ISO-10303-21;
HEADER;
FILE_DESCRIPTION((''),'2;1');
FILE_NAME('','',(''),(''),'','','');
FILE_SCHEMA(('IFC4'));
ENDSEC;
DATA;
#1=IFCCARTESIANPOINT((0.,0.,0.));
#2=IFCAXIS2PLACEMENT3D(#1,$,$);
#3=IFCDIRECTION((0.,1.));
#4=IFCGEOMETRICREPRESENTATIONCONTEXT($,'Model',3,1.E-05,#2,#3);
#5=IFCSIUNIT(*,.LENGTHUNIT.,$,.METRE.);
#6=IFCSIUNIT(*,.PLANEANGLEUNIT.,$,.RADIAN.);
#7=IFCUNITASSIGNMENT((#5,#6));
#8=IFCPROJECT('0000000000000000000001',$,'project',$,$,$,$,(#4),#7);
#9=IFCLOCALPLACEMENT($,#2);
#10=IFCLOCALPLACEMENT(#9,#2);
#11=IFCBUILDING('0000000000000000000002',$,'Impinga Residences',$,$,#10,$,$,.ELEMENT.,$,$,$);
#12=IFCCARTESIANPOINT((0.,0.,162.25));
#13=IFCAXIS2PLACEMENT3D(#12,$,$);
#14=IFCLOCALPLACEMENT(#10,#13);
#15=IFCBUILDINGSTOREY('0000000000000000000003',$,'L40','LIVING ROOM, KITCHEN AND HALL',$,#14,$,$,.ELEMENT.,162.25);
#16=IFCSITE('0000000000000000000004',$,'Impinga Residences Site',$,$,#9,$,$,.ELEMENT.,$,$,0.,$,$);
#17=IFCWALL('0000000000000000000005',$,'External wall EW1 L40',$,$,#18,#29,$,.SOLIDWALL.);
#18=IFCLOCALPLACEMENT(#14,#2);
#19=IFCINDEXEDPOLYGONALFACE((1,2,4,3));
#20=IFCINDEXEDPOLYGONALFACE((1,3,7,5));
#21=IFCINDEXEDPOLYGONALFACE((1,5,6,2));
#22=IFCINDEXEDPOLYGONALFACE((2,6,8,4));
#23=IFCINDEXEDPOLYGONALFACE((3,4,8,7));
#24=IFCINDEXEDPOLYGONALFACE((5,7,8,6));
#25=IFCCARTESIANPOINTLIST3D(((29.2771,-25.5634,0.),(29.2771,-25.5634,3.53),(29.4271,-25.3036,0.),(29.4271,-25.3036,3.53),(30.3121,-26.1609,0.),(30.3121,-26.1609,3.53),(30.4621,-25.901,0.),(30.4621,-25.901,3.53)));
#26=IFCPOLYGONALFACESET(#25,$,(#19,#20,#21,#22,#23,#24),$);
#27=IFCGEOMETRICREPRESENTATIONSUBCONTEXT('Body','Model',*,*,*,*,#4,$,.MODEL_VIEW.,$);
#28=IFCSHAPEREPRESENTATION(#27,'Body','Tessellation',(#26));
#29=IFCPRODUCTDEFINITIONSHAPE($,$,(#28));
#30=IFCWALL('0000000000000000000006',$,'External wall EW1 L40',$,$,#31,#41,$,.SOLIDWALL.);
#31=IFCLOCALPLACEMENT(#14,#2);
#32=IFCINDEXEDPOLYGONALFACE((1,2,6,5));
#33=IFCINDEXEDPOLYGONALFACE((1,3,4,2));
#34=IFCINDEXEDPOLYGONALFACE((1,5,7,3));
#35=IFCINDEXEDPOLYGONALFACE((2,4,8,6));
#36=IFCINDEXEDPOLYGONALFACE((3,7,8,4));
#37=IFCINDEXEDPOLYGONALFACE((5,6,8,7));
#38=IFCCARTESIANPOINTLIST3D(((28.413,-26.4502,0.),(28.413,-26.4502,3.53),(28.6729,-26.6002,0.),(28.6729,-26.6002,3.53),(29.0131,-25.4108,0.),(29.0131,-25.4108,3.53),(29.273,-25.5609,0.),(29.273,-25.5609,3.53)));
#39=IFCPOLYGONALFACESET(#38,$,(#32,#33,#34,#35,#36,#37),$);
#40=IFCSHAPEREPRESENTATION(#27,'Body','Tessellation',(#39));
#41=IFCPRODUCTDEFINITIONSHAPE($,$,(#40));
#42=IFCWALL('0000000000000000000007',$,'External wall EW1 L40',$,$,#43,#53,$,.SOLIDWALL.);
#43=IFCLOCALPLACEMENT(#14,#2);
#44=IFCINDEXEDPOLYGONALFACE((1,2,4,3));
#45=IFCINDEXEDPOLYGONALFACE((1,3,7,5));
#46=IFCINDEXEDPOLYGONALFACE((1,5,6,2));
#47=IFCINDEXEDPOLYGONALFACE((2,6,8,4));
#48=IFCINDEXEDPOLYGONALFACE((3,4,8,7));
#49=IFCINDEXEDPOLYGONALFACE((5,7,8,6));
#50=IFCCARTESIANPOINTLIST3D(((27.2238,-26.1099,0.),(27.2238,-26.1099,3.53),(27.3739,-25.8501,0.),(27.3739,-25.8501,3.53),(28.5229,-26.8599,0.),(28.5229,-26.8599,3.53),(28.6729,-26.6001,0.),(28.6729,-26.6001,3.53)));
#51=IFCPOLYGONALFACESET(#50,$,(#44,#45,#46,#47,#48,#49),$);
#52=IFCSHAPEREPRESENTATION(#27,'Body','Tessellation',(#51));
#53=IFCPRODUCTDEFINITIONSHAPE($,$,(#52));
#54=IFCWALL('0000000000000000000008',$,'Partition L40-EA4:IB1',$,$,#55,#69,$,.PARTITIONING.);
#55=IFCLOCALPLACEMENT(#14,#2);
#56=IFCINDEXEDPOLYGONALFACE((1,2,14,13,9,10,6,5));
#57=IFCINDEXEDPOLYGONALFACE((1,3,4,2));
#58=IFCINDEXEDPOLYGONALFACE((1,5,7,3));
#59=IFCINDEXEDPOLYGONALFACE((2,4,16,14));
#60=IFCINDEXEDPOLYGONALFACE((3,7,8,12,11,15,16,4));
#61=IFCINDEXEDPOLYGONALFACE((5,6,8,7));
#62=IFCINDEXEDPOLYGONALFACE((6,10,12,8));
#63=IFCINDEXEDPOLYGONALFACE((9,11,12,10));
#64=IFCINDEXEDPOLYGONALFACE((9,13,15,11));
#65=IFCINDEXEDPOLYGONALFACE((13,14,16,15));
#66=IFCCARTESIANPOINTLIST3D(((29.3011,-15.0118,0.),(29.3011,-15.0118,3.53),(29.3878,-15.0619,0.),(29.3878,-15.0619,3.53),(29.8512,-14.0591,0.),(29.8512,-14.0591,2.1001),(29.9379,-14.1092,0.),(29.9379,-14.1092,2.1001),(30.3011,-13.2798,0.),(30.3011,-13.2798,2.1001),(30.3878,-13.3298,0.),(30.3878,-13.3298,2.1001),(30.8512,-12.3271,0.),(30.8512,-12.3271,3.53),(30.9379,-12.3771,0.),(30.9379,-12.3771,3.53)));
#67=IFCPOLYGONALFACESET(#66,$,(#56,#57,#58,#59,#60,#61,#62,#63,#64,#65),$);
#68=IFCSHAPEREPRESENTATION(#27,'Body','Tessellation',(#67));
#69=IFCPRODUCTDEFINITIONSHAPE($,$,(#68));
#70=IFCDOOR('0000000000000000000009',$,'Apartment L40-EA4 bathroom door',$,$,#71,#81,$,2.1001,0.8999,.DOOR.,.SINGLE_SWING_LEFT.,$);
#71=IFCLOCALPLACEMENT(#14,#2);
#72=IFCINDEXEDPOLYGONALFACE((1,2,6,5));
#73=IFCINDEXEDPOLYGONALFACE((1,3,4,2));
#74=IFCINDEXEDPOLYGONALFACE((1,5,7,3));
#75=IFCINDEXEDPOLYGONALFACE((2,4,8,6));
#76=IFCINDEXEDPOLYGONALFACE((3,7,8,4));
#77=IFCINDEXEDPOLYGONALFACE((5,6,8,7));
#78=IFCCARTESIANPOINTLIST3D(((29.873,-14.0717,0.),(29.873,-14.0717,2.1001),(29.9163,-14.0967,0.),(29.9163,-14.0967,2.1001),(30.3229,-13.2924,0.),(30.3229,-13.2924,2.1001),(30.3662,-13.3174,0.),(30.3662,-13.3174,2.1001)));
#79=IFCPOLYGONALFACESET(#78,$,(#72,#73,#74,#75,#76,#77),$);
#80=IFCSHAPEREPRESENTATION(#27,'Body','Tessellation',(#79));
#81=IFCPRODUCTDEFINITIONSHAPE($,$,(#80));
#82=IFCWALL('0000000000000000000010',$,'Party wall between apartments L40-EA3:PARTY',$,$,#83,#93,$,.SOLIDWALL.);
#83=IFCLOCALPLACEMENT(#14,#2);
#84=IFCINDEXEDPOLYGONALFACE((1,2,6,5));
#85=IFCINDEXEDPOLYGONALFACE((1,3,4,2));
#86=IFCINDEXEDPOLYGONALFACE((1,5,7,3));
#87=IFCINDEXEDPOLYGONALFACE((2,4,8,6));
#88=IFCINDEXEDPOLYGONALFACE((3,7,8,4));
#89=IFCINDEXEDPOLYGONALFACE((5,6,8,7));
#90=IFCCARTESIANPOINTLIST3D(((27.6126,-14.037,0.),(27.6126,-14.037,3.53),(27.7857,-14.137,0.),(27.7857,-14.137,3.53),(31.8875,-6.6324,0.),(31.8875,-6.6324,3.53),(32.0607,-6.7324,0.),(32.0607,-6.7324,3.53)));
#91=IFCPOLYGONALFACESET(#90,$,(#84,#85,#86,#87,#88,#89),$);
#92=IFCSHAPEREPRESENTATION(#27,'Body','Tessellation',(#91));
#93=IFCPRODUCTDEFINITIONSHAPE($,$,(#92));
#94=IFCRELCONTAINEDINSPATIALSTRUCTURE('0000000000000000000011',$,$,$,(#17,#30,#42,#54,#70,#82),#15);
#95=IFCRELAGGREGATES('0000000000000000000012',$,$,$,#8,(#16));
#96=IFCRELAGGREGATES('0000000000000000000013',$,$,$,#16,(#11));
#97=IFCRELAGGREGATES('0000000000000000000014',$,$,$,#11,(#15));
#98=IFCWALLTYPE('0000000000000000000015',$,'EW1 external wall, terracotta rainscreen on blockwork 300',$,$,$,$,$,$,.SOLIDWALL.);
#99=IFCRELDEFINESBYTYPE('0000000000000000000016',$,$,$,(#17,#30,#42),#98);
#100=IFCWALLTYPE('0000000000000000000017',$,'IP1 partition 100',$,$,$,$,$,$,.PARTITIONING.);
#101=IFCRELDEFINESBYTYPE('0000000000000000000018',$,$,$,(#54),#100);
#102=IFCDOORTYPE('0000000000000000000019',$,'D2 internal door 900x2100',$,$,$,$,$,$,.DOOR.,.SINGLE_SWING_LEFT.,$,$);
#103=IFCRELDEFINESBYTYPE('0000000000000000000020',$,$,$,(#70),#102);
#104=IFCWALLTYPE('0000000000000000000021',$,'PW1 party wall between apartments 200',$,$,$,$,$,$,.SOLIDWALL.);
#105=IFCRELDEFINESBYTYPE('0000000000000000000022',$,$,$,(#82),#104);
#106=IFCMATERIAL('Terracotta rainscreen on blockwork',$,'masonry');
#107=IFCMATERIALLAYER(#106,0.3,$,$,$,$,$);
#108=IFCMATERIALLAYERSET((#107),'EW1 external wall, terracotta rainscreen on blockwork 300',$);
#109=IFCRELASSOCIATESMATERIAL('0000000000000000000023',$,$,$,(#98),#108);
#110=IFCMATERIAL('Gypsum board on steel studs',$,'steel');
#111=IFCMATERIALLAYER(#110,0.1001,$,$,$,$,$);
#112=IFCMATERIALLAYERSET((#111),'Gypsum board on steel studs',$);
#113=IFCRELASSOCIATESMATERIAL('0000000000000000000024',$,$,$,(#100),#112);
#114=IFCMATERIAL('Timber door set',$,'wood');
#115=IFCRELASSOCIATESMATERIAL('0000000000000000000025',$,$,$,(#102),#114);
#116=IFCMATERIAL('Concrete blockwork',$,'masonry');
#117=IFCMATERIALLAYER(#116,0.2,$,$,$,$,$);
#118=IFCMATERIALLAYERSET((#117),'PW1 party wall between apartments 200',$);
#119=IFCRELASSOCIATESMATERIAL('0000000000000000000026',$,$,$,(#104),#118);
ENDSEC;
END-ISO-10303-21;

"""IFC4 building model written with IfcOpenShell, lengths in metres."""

from ifc_helpers import new_model, si_unit, direction, frame, frame_2d, origin, place, context, subcontext, project, spatial, rectangle, extrude, material, layer, layer_set, type_object, element, fill, save


model = new_model("IFC4")

# Units and contexts
model_context = context("Model", 3, precision=1e-05, world=origin(), true_north=direction((0.0, 1.0)))
body_context = subcontext(model_context, "Body", "Model", "MODEL_VIEW")
ifc_project = project(units=[si_unit("LENGTHUNIT", "METRE"), si_unit("PLANEANGLEUNIT", "RADIAN")], contexts=[model_context])

# Site, building, storey
site_placement = place(None, origin())
site = spatial("IfcSite", under=ifc_project, at=site_placement, Name="Impinga Residences Site", CompositionType="ELEMENT", RefElevation=0.0)
building_placement = place(site_placement, origin())
building = spatial("IfcBuilding", under=site, at=building_placement, Name="Impinga Residences", CompositionType="ELEMENT")
storey_placement = place(building_placement, frame((0.0, 0.0, 162.25)))
storey = spatial("IfcBuildingStorey", under=building, at=storey_placement, Name="L40", Description="LIVING ROOM, KITCHEN AND HALL", CompositionType="ELEMENT", Elevation=162.25)

# Shared definitions
ifc_material_1 = material(Name="Terracotta rainscreen on blockwork", Category="masonry")
ifc_layer_1 = layer(ifc_material_1, 0.3)
ifc_layer_set_1 = layer_set([ifc_layer_1], Name="EW1 external wall, terracotta rainscreen on blockwork 300")
wall_type_1 = type_object("IfcWallType", Name="EW1 external wall, terracotta rainscreen on blockwork 300", PredefinedType="SOLIDWALL", material=ifc_layer_set_1)

# Walls
wall_1_placement = place(storey_placement, frame((30.3872, -26.031, 0.0), z_axis=(0.0, 0.0, 1.0), x_axis=(-0.86606, 0.499941, 0.0)))
element("IfcWall", 1, at=wall_1_placement, inside=storey, type_object=wall_type_1, Name="External wall EW1 L40", PredefinedType="SOLIDWALL", context=body_context, shape_type="SweptSolid", body=[
    extrude(rectangle(XDim=1.1951, YDim=0.3, at=frame_2d((0.5977, 0.0))), origin(), (0.0, 0.0, 1.0), 3.53),
])
wall_2_placement = place(storey_placement, frame((29.1431, -25.4858, 0.0), z_axis=(0.0, 0.0, 1.0), x_axis=(-0.500034, -0.866006, 0.0)))
element("IfcWall", 2, at=wall_2_placement, inside=storey, type_object=wall_type_1, Name="External wall EW1 L40", PredefinedType="SOLIDWALL", context=body_context, shape_type="SweptSolid", body=[
    extrude(rectangle(XDim=1.2002, YDim=0.3, at=frame_2d((0.6001, 0.0))), origin(), (0.0, 0.0, 1.0), 3.53),
])
wall_3_placement = place(storey_placement, frame((28.5979, -26.73, 0.0), z_axis=(0.0, 0.0, 1.0), x_axis=(-0.866031, 0.49999, 0.0)))
element("IfcWall", 3, at=wall_3_placement, inside=storey, type_object=wall_type_1, Name="External wall EW1 L40", PredefinedType="SOLIDWALL", context=body_context, shape_type="SweptSolid", body=[
    extrude(rectangle(XDim=1.5, YDim=0.3, at=frame_2d((0.75, 0.0))), origin(), (0.0, 0.0, 1.0), 3.53),
])

# Wall, opening, door
ifc_material_2 = material(Name="Gypsum board on steel studs", Category="steel")
ifc_layer_2 = layer(ifc_material_2, 0.1001)
ifc_layer_set_2 = layer_set([ifc_layer_2], Name="Gypsum board on steel studs")
wall_type_2 = type_object("IfcWallType", Name="IP1 partition 100", PredefinedType="PARTITIONING", material=ifc_layer_set_2)
wall_4_placement = place(storey_placement, frame((29.3445, -15.0369, 0.0), z_axis=(0.0, 0.0, 1.0), x_axis=(0.499993, 0.86603, 0.0)))
wall_4 = element("IfcWall", 4, at=wall_4_placement, inside=storey, type_object=wall_type_2, Name="Partition L40-EA4:IB1", PredefinedType="PARTITIONING", context=body_context, shape_type="SweptSolid", body=[
    extrude(rectangle(XDim=3.1001, YDim=0.1001, at=frame_2d((1.55, 0.0))), origin(), (0.0, 0.0, 1.0), 3.53),
])
opening_1_placement = place(wall_4_placement, frame((1.1001, 0.0, 0.0)))
opening_1 = element("IfcOpeningElement", 5, at=opening_1_placement, cuts=wall_4, PredefinedType="OPENING", context=body_context, shape_type="SweptSolid", body=[
    extrude(rectangle(XDim=0.8999, YDim=2.1001, at=frame_2d((0.45, 1.05))), frame((0.0, 0.0601, 0.0), z_axis=(0.0, -1.0, 0.0), x_axis=(1.0, 0.0, 0.0)), (0.0, 0.0, 1.0), 0.1201),
])
ifc_material_3 = material(Name="Timber door set", Category="wood")
door_type = type_object("IfcDoorType", Name="D2 internal door 900x2100", OperationType="SINGLE_SWING_LEFT", PredefinedType="DOOR", material=ifc_material_3)
door_placement = place(opening_1_placement, origin())
door = element("IfcDoor", 6, at=door_placement, inside=storey, type_object=door_type, Name="Apartment L40-EA4 bathroom door", OperationType="SINGLE_SWING_LEFT", OverallHeight=2.1001, OverallWidth=0.8999, PredefinedType="DOOR", context=body_context, shape_type="SweptSolid", body=[
    extrude(rectangle(XDim=0.8999, YDim=2.1001, at=frame_2d((0.45, 1.05))), frame((0.0, 0.0249, 0.0), z_axis=(0.0, -1.0, 0.0), x_axis=(1.0, 0.0, 0.0)), (0.0, 0.0, 1.0), 0.05),
])
fill(opening_1, door)

# Wall
ifc_material_4 = material(Name="Concrete blockwork", Category="masonry")
ifc_layer_3 = layer(ifc_material_4, 0.2)
ifc_layer_set_3 = layer_set([ifc_layer_3], Name="PW1 party wall between apartments 200")
wall_type_3 = type_object("IfcWallType", Name="PW1 party wall between apartments 200", PredefinedType="SOLIDWALL", material=ifc_layer_set_3)
wall_5_placement = place(storey_placement, frame((27.6992, -14.0869, 0.0), z_axis=(0.0, 0.0, 1.0), x_axis=(0.49999, 0.866031, 0.0)))
element("IfcWall", 7, at=wall_5_placement, inside=storey, type_object=wall_type_3, Name="Party wall between apartments L40-EA3:PARTY", PredefinedType="SOLIDWALL", context=body_context, shape_type="SweptSolid", body=[
    extrude(rectangle(XDim=8.55, YDim=0.2, at=frame_2d((4.2749, 0.0))), origin(), (0.0, 0.0, 1.0), 3.53),
])

save(model, "model.ifc")
